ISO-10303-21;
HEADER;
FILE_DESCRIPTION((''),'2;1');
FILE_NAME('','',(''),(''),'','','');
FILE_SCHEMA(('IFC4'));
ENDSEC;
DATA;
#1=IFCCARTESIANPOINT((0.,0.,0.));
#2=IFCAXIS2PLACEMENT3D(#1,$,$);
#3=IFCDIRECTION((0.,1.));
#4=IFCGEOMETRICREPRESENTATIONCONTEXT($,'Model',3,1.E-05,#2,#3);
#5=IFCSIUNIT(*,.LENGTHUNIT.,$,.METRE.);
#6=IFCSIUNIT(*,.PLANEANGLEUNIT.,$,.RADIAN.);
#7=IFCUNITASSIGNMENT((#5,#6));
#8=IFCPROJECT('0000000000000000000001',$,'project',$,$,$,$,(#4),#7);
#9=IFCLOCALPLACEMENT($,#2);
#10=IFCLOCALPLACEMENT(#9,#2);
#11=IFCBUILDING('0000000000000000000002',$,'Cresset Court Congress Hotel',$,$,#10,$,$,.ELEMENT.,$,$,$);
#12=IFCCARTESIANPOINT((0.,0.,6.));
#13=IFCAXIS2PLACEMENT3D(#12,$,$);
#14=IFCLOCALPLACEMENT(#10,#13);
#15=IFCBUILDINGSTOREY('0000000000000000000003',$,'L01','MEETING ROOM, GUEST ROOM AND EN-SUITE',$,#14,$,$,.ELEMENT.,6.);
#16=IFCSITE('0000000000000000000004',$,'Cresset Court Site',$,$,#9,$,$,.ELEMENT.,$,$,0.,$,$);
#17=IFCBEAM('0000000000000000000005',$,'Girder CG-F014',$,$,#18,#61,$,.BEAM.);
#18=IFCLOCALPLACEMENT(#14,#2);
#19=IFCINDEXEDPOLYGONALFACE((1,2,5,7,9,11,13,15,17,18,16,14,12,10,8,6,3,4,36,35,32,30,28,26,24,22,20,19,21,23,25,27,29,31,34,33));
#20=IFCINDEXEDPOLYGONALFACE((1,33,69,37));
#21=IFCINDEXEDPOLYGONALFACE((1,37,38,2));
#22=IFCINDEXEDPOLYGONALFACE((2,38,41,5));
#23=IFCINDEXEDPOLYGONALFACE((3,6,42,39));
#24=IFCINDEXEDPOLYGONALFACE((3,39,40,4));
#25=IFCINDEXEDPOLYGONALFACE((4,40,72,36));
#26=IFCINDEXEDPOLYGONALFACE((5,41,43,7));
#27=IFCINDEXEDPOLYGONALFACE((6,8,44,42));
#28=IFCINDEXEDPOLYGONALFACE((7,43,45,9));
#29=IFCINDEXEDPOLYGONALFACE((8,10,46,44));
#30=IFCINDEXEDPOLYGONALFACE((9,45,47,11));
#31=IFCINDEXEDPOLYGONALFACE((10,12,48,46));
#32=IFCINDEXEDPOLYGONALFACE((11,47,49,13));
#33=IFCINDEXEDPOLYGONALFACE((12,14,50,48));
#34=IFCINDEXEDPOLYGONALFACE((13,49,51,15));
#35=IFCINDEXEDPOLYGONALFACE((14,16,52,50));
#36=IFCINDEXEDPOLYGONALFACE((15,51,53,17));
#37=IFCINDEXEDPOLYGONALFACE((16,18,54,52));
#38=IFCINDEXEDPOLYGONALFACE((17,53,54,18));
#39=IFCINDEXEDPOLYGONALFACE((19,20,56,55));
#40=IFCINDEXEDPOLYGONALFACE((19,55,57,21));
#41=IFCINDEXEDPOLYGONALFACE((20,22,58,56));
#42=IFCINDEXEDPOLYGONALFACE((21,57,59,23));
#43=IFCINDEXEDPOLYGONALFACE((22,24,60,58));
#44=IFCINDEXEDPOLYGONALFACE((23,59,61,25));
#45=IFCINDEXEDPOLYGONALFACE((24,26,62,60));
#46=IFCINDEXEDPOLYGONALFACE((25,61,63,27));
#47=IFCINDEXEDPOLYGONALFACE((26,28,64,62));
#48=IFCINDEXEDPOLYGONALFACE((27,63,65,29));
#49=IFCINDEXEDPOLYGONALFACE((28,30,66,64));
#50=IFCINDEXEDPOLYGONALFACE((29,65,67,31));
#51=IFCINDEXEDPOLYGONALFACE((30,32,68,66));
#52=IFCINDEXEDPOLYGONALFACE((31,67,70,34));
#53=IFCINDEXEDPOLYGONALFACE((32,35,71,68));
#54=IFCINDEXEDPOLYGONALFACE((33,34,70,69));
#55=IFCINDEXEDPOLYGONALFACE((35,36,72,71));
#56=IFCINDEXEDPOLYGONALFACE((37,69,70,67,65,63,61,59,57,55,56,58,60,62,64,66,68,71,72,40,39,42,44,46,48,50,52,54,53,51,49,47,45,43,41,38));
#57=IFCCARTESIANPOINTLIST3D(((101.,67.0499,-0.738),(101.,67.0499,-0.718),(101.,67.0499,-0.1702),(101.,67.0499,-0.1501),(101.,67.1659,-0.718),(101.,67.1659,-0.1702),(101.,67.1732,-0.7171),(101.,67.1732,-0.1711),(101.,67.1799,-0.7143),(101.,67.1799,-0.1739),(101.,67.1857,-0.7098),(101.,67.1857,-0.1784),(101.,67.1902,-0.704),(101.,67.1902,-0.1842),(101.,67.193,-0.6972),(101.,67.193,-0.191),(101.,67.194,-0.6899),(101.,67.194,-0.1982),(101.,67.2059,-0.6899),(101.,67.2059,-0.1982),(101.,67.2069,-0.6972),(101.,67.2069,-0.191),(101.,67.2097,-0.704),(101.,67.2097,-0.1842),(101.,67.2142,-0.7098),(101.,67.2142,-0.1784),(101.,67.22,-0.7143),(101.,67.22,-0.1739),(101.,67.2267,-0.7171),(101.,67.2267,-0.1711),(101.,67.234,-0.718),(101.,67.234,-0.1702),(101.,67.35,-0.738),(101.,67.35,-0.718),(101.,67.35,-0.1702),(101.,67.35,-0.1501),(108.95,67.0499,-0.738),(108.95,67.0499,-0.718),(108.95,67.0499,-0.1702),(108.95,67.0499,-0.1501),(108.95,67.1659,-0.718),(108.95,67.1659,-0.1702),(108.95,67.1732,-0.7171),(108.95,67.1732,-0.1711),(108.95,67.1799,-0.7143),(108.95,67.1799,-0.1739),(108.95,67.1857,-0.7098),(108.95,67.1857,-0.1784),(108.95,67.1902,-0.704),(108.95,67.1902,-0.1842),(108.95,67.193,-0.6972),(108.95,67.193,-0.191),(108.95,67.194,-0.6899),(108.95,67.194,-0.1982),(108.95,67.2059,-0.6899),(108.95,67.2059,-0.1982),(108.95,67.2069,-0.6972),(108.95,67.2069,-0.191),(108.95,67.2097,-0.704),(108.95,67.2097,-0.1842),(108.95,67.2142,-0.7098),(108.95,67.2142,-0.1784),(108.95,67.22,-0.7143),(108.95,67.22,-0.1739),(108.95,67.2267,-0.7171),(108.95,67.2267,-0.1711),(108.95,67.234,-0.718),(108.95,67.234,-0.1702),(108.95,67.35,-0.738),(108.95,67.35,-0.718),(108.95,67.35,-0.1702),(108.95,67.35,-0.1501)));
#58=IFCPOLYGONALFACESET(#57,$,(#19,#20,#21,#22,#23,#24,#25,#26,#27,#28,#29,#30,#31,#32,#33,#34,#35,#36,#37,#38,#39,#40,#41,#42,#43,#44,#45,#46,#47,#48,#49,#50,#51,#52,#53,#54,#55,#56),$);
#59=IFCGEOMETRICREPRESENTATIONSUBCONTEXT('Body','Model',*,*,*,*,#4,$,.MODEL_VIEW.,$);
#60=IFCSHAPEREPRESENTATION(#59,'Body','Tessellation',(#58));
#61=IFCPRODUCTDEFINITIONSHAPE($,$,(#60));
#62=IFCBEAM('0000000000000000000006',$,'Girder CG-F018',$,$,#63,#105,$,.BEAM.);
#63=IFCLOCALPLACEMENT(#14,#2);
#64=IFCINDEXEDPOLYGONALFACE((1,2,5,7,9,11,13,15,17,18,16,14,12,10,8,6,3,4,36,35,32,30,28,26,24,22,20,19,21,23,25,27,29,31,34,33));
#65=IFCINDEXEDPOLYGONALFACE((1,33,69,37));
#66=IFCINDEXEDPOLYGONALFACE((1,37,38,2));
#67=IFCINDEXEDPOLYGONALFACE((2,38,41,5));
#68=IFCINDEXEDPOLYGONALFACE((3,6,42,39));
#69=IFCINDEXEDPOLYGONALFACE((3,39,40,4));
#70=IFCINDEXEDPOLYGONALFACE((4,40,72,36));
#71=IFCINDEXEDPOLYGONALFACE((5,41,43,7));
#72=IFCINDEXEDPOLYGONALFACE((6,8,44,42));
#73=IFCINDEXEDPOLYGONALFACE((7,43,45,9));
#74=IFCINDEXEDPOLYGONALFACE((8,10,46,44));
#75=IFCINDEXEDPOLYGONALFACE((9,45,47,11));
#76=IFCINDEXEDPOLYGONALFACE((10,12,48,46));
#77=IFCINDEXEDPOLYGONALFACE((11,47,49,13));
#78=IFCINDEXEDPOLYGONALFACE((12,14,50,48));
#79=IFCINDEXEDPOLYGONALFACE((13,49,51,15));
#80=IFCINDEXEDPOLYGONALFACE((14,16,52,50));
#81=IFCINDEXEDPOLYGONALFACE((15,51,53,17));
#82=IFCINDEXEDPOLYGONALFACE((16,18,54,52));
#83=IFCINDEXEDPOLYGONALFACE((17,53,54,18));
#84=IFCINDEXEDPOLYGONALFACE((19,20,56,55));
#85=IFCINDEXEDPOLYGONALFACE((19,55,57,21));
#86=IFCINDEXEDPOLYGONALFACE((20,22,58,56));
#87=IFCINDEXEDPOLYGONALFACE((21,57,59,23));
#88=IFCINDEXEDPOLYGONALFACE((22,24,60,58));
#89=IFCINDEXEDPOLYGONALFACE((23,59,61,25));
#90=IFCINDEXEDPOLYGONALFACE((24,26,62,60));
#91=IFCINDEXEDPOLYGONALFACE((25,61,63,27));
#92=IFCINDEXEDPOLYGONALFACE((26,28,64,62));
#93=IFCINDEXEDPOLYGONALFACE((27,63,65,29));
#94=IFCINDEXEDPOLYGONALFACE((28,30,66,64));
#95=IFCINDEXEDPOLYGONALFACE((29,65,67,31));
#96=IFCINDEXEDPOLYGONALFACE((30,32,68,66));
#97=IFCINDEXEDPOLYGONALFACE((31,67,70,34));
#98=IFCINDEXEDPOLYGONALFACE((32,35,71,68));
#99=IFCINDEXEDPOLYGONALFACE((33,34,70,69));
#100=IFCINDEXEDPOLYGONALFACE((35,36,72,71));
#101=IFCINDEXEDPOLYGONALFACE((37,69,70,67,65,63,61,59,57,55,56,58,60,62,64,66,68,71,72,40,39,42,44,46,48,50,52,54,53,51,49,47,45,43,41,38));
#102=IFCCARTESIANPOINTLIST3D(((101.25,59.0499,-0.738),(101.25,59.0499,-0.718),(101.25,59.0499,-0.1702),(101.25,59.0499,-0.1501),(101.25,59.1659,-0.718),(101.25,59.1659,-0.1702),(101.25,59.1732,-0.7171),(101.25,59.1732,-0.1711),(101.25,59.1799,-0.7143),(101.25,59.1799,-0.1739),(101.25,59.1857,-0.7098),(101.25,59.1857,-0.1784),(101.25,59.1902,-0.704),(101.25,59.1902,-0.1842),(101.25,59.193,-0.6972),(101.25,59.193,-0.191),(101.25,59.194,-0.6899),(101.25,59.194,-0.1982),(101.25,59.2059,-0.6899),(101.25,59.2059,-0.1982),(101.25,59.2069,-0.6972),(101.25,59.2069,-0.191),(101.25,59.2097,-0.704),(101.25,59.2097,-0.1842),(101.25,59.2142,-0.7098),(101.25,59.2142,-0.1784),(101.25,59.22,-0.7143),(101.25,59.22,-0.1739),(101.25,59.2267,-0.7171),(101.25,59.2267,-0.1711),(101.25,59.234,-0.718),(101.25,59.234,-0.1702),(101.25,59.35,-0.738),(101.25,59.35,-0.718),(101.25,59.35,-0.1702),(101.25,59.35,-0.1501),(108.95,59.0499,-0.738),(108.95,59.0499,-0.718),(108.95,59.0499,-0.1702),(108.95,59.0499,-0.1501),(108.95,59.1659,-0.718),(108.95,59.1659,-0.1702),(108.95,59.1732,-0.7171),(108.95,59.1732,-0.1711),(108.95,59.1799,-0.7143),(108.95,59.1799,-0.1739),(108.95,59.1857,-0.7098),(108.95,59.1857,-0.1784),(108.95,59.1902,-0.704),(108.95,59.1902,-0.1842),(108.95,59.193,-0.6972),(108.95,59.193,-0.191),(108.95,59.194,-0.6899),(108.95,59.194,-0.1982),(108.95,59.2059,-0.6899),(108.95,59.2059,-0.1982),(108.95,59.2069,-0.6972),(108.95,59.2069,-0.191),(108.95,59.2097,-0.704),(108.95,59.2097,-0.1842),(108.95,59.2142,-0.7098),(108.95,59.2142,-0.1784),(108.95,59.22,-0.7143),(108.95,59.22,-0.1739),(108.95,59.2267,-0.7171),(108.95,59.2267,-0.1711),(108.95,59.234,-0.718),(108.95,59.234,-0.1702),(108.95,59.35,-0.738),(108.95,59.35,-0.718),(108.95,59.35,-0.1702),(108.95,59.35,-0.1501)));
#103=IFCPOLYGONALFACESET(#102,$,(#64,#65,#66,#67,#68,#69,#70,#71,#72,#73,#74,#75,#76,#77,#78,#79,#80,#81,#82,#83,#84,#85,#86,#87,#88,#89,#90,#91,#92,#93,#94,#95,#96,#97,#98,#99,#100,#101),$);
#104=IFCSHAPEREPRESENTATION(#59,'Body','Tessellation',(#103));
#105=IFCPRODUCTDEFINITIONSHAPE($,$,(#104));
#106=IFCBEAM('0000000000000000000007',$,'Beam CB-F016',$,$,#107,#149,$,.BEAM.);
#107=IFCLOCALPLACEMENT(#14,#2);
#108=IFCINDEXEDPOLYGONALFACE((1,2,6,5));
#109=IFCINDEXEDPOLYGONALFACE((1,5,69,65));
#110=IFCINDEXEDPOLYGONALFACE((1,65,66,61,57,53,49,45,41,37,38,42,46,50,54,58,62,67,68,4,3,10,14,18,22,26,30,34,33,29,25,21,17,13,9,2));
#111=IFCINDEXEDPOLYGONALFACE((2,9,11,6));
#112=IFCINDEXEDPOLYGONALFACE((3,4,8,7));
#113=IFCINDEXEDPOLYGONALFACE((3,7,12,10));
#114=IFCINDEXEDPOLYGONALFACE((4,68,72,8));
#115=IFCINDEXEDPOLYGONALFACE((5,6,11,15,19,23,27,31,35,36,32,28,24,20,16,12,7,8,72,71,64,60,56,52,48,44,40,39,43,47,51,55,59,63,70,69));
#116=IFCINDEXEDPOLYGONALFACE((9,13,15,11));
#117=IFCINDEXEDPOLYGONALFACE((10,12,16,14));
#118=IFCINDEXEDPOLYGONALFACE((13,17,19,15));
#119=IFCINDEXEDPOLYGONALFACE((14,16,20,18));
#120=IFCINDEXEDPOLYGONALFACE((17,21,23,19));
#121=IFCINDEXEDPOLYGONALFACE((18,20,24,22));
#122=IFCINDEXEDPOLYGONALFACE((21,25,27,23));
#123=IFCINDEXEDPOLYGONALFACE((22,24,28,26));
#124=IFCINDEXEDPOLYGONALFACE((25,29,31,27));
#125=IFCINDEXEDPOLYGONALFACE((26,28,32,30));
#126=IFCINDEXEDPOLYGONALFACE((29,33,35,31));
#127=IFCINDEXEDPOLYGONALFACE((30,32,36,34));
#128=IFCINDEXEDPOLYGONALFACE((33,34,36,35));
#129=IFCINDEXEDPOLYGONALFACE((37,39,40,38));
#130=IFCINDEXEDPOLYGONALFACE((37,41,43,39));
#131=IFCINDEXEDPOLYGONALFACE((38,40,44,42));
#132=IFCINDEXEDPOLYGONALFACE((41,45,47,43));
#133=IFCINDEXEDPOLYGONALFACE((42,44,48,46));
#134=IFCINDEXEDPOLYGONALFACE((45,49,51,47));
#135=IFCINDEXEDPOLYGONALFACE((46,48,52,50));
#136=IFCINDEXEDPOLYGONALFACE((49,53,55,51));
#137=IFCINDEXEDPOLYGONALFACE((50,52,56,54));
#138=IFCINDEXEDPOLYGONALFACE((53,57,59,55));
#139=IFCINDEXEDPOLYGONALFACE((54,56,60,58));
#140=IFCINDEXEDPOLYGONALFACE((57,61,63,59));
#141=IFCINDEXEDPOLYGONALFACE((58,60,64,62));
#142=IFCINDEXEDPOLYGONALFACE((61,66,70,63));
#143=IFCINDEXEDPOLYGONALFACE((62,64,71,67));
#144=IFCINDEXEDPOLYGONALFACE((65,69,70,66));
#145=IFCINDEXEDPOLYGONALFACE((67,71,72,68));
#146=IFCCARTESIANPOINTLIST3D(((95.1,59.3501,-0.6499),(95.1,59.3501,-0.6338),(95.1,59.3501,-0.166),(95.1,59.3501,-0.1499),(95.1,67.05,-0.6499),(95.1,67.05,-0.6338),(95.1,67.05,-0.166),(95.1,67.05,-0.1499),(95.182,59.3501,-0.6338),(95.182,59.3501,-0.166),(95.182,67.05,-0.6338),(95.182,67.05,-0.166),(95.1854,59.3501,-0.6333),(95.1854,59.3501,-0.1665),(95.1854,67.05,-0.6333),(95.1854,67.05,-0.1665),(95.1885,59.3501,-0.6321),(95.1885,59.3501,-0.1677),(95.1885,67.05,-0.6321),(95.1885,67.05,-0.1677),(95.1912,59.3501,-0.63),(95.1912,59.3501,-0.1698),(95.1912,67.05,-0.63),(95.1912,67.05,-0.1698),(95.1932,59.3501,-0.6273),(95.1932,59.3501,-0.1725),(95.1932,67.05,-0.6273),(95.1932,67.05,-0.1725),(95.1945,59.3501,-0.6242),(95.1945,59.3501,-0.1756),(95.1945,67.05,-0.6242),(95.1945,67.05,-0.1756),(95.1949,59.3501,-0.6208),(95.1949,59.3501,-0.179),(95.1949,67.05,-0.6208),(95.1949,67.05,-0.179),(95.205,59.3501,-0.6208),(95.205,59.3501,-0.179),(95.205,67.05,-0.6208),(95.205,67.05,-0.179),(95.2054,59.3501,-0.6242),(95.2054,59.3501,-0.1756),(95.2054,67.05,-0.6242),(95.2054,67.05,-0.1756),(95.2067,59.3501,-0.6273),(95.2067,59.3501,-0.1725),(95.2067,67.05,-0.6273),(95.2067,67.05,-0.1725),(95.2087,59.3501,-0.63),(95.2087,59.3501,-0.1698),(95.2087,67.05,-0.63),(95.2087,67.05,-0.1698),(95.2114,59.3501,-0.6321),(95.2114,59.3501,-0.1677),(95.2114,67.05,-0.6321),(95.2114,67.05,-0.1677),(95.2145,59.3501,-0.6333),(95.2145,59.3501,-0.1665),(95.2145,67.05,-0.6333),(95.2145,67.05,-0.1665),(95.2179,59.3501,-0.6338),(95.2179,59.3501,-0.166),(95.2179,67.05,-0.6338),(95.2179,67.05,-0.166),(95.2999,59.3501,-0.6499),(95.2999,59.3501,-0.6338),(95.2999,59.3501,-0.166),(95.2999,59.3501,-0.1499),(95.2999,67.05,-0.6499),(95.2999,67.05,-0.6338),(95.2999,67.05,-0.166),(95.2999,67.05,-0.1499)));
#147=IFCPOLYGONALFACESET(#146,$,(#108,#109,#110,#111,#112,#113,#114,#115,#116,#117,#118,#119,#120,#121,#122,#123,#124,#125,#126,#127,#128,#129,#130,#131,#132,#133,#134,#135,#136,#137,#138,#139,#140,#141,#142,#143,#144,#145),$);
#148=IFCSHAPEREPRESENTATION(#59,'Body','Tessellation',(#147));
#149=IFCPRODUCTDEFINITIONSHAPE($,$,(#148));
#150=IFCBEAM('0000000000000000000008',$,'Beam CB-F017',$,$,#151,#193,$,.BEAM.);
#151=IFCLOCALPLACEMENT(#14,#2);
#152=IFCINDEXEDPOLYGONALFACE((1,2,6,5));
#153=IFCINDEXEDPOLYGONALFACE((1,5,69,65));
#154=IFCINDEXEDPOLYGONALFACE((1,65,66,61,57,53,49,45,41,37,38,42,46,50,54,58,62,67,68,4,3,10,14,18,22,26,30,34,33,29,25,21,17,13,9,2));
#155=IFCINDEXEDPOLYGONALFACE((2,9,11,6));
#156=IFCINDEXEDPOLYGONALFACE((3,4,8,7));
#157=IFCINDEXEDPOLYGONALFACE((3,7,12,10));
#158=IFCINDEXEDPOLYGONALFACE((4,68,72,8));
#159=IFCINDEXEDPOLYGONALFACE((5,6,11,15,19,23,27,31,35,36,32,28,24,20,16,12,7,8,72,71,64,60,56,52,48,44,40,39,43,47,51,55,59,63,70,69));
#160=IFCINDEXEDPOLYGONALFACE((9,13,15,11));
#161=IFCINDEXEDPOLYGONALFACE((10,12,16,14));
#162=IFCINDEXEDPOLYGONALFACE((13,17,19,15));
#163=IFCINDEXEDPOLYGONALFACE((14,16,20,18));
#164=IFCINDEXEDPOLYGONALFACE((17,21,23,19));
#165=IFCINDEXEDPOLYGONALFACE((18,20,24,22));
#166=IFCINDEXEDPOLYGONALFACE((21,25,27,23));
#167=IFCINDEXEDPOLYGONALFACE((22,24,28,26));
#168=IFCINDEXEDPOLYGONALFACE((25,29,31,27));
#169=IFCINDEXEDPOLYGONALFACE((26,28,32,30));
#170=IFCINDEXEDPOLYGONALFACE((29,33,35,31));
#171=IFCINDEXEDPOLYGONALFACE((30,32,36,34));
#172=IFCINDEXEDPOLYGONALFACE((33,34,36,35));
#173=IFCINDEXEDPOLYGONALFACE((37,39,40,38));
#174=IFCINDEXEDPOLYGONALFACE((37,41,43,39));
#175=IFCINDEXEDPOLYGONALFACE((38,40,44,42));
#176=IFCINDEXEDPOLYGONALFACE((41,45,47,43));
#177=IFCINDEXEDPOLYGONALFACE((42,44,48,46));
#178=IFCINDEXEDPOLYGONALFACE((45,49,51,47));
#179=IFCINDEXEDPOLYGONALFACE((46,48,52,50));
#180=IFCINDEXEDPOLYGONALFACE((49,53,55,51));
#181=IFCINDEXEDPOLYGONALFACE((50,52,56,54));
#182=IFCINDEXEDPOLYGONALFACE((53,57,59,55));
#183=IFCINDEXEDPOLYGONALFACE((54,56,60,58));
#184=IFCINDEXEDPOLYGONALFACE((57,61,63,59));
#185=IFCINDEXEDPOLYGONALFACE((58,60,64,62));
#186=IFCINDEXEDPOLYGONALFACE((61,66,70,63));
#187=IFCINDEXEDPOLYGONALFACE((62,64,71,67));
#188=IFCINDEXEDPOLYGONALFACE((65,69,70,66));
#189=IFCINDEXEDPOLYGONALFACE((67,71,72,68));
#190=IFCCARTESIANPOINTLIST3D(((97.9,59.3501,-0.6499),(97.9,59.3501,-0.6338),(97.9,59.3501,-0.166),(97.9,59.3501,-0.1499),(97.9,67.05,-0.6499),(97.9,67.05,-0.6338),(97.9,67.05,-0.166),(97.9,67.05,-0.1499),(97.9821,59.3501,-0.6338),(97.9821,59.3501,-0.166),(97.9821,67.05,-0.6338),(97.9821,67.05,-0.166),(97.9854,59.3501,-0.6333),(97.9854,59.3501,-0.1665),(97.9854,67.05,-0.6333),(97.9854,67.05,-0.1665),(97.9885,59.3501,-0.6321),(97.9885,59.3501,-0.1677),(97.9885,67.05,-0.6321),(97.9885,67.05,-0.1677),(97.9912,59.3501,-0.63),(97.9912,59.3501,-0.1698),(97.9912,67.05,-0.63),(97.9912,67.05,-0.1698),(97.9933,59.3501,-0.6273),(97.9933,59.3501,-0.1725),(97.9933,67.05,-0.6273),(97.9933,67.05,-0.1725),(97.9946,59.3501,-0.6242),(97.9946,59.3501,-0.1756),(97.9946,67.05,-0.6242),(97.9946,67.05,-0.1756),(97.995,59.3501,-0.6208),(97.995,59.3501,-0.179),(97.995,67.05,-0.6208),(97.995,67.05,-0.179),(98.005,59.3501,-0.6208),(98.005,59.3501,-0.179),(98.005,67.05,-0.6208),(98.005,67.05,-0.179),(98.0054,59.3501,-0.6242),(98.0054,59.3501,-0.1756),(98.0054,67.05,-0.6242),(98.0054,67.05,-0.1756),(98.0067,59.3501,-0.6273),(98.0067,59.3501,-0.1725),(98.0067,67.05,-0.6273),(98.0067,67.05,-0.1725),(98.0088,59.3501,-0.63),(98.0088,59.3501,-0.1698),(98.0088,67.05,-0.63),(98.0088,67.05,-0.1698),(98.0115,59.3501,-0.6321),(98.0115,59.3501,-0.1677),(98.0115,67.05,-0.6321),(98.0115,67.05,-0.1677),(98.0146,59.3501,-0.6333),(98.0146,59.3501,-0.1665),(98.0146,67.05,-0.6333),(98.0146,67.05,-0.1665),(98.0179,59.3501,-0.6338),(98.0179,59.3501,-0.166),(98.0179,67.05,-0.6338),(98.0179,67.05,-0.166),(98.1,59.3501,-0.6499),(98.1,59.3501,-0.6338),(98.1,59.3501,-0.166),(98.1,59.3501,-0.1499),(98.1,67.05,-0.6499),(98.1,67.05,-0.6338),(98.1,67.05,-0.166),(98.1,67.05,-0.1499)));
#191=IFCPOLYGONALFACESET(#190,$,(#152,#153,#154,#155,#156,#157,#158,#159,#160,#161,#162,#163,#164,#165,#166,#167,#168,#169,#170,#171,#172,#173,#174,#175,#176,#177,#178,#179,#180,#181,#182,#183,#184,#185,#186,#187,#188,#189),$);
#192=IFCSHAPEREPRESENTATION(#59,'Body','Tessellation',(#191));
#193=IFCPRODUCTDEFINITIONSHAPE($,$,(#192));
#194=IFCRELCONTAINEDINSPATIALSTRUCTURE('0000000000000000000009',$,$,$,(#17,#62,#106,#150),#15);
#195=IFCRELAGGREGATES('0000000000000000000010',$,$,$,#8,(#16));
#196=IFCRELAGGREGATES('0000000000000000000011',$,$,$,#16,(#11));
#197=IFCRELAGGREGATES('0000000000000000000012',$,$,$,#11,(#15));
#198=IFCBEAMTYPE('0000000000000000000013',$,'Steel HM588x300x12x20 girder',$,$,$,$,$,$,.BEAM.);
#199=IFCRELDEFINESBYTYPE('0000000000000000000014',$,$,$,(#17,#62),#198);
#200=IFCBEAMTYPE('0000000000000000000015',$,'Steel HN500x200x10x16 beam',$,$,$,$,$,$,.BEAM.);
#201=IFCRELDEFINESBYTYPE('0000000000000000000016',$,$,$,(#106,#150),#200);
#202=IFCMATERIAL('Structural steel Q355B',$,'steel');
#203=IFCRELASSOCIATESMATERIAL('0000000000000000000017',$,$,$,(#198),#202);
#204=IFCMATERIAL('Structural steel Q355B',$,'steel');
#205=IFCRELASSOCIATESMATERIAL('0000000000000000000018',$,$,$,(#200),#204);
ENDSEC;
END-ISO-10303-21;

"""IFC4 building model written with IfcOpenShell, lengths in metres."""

from ifc_helpers import new_model, si_unit, direction, frame, origin, origin_2d, place, context, subcontext, project, spatial, i_section, extrude, material, material_profile, profile_set, type_object, element, save


model = new_model("IFC4")

# Units and contexts
model_context = context("Model", 3, precision=1e-05, world=origin(), true_north=direction((0.0, 1.0)))
body_context = subcontext(model_context, "Body", "Model", "MODEL_VIEW")
ifc_project = project(units=[si_unit("LENGTHUNIT", "METRE"), si_unit("PLANEANGLEUNIT", "RADIAN")], contexts=[model_context])

# Site, building, storey
site_placement = place(None, origin())
site = spatial("IfcSite", under=ifc_project, at=site_placement, Name="Cresset Court Site", CompositionType="ELEMENT", RefElevation=0.0)
building_placement = place(site_placement, origin())
building = spatial("IfcBuilding", under=site, at=building_placement, Name="Cresset Court Congress Hotel", CompositionType="ELEMENT")
storey_placement = place(building_placement, frame((0.0, 0.0, 6.0)))
storey = spatial("IfcBuildingStorey", under=building, at=storey_placement, Name="L01", Description="MEETING ROOM, GUEST ROOM AND EN-SUITE", CompositionType="ELEMENT", Elevation=6.0)

# Beams
ifc_material_1 = material(Name="Structural steel Q355B", Category="steel")
ifc_material_profile_1 = material_profile(ifc_material_1, i_section(OverallWidth=0.3, OverallDepth=0.5879, WebThickness=0.012, FlangeThickness=0.02, FilletRadius=0.0281, at=origin_2d()), Name="HM588x300x12x20")
ifc_profile_set_1 = profile_set([ifc_material_profile_1], Name="Structural steel Q355B")
beam_type_1 = type_object("IfcBeamType", Name="Steel HM588x300x12x20 girder", PredefinedType="BEAM", material=ifc_profile_set_1)
beam_1_placement = place(storey_placement, frame((101.0, 67.2, -0.4441), z_axis=(1.0, 0.0, 0.0), x_axis=(0.0, 1.0, 0.0)))
element("IfcBeam", 1, at=beam_1_placement, inside=storey, type_object=beam_type_1, Name="Girder CG-F014", PredefinedType="BEAM", context=body_context, shape_type="SweptSolid", body=[
    extrude(i_section(OverallWidth=0.3, OverallDepth=0.5879, WebThickness=0.012, FlangeThickness=0.02, FilletRadius=0.0281, at=origin_2d()), origin(), (0.0, 0.0, 1.0), 7.95),
])
beam_2_placement = place(storey_placement, frame((101.25, 59.2, -0.4441), z_axis=(1.0, 0.0, 0.0), x_axis=(0.0, 1.0, 0.0)))
element("IfcBeam", 2, at=beam_2_placement, inside=storey, type_object=beam_type_1, Name="Girder CG-F018", PredefinedType="BEAM", context=body_context, shape_type="SweptSolid", body=[
    extrude(i_section(OverallWidth=0.3, OverallDepth=0.5879, WebThickness=0.012, FlangeThickness=0.02, FilletRadius=0.0281, at=origin_2d()), origin(), (0.0, 0.0, 1.0), 7.7),
])
ifc_material_2 = material(Name="Structural steel Q355B", Category="steel")
ifc_material_profile_2 = material_profile(ifc_material_2, i_section(OverallWidth=0.2, OverallDepth=0.5, WebThickness=0.01, FlangeThickness=0.0161, FilletRadius=0.0129, at=origin_2d()), Name="HN500x200x10x16")
ifc_profile_set_2 = profile_set([ifc_material_profile_2], Name="Structural steel Q355B")
beam_type_2 = type_object("IfcBeamType", Name="Steel HN500x200x10x16 beam", PredefinedType="BEAM", material=ifc_profile_set_2)
for number, where, z_axis, x_axis, name in (
    (3, (95.2, 59.3501, -0.3999), (0.0, 1.0, 0.0), (-1.0, 0.0, 0.0), "Beam CB-F016"),
    (4, (98.0, 59.3501, -0.3999), (0.0, 1.0, 0.0), (-1.0, 0.0, 0.0), "Beam CB-F017"),
):
    element("IfcBeam", number, at=place(storey_placement, frame(where, z_axis=z_axis, x_axis=x_axis)), inside=storey, type_object=beam_type_2, Name=name, PredefinedType="BEAM", context=body_context, shape_type="SweptSolid", body=[
        extrude(i_section(OverallWidth=0.2, OverallDepth=0.5, WebThickness=0.01, FlangeThickness=0.0161, FilletRadius=0.0129, at=origin_2d()), origin(), (0.0, 0.0, 1.0), 7.7),
    ])

save(model, "model.ifc")
